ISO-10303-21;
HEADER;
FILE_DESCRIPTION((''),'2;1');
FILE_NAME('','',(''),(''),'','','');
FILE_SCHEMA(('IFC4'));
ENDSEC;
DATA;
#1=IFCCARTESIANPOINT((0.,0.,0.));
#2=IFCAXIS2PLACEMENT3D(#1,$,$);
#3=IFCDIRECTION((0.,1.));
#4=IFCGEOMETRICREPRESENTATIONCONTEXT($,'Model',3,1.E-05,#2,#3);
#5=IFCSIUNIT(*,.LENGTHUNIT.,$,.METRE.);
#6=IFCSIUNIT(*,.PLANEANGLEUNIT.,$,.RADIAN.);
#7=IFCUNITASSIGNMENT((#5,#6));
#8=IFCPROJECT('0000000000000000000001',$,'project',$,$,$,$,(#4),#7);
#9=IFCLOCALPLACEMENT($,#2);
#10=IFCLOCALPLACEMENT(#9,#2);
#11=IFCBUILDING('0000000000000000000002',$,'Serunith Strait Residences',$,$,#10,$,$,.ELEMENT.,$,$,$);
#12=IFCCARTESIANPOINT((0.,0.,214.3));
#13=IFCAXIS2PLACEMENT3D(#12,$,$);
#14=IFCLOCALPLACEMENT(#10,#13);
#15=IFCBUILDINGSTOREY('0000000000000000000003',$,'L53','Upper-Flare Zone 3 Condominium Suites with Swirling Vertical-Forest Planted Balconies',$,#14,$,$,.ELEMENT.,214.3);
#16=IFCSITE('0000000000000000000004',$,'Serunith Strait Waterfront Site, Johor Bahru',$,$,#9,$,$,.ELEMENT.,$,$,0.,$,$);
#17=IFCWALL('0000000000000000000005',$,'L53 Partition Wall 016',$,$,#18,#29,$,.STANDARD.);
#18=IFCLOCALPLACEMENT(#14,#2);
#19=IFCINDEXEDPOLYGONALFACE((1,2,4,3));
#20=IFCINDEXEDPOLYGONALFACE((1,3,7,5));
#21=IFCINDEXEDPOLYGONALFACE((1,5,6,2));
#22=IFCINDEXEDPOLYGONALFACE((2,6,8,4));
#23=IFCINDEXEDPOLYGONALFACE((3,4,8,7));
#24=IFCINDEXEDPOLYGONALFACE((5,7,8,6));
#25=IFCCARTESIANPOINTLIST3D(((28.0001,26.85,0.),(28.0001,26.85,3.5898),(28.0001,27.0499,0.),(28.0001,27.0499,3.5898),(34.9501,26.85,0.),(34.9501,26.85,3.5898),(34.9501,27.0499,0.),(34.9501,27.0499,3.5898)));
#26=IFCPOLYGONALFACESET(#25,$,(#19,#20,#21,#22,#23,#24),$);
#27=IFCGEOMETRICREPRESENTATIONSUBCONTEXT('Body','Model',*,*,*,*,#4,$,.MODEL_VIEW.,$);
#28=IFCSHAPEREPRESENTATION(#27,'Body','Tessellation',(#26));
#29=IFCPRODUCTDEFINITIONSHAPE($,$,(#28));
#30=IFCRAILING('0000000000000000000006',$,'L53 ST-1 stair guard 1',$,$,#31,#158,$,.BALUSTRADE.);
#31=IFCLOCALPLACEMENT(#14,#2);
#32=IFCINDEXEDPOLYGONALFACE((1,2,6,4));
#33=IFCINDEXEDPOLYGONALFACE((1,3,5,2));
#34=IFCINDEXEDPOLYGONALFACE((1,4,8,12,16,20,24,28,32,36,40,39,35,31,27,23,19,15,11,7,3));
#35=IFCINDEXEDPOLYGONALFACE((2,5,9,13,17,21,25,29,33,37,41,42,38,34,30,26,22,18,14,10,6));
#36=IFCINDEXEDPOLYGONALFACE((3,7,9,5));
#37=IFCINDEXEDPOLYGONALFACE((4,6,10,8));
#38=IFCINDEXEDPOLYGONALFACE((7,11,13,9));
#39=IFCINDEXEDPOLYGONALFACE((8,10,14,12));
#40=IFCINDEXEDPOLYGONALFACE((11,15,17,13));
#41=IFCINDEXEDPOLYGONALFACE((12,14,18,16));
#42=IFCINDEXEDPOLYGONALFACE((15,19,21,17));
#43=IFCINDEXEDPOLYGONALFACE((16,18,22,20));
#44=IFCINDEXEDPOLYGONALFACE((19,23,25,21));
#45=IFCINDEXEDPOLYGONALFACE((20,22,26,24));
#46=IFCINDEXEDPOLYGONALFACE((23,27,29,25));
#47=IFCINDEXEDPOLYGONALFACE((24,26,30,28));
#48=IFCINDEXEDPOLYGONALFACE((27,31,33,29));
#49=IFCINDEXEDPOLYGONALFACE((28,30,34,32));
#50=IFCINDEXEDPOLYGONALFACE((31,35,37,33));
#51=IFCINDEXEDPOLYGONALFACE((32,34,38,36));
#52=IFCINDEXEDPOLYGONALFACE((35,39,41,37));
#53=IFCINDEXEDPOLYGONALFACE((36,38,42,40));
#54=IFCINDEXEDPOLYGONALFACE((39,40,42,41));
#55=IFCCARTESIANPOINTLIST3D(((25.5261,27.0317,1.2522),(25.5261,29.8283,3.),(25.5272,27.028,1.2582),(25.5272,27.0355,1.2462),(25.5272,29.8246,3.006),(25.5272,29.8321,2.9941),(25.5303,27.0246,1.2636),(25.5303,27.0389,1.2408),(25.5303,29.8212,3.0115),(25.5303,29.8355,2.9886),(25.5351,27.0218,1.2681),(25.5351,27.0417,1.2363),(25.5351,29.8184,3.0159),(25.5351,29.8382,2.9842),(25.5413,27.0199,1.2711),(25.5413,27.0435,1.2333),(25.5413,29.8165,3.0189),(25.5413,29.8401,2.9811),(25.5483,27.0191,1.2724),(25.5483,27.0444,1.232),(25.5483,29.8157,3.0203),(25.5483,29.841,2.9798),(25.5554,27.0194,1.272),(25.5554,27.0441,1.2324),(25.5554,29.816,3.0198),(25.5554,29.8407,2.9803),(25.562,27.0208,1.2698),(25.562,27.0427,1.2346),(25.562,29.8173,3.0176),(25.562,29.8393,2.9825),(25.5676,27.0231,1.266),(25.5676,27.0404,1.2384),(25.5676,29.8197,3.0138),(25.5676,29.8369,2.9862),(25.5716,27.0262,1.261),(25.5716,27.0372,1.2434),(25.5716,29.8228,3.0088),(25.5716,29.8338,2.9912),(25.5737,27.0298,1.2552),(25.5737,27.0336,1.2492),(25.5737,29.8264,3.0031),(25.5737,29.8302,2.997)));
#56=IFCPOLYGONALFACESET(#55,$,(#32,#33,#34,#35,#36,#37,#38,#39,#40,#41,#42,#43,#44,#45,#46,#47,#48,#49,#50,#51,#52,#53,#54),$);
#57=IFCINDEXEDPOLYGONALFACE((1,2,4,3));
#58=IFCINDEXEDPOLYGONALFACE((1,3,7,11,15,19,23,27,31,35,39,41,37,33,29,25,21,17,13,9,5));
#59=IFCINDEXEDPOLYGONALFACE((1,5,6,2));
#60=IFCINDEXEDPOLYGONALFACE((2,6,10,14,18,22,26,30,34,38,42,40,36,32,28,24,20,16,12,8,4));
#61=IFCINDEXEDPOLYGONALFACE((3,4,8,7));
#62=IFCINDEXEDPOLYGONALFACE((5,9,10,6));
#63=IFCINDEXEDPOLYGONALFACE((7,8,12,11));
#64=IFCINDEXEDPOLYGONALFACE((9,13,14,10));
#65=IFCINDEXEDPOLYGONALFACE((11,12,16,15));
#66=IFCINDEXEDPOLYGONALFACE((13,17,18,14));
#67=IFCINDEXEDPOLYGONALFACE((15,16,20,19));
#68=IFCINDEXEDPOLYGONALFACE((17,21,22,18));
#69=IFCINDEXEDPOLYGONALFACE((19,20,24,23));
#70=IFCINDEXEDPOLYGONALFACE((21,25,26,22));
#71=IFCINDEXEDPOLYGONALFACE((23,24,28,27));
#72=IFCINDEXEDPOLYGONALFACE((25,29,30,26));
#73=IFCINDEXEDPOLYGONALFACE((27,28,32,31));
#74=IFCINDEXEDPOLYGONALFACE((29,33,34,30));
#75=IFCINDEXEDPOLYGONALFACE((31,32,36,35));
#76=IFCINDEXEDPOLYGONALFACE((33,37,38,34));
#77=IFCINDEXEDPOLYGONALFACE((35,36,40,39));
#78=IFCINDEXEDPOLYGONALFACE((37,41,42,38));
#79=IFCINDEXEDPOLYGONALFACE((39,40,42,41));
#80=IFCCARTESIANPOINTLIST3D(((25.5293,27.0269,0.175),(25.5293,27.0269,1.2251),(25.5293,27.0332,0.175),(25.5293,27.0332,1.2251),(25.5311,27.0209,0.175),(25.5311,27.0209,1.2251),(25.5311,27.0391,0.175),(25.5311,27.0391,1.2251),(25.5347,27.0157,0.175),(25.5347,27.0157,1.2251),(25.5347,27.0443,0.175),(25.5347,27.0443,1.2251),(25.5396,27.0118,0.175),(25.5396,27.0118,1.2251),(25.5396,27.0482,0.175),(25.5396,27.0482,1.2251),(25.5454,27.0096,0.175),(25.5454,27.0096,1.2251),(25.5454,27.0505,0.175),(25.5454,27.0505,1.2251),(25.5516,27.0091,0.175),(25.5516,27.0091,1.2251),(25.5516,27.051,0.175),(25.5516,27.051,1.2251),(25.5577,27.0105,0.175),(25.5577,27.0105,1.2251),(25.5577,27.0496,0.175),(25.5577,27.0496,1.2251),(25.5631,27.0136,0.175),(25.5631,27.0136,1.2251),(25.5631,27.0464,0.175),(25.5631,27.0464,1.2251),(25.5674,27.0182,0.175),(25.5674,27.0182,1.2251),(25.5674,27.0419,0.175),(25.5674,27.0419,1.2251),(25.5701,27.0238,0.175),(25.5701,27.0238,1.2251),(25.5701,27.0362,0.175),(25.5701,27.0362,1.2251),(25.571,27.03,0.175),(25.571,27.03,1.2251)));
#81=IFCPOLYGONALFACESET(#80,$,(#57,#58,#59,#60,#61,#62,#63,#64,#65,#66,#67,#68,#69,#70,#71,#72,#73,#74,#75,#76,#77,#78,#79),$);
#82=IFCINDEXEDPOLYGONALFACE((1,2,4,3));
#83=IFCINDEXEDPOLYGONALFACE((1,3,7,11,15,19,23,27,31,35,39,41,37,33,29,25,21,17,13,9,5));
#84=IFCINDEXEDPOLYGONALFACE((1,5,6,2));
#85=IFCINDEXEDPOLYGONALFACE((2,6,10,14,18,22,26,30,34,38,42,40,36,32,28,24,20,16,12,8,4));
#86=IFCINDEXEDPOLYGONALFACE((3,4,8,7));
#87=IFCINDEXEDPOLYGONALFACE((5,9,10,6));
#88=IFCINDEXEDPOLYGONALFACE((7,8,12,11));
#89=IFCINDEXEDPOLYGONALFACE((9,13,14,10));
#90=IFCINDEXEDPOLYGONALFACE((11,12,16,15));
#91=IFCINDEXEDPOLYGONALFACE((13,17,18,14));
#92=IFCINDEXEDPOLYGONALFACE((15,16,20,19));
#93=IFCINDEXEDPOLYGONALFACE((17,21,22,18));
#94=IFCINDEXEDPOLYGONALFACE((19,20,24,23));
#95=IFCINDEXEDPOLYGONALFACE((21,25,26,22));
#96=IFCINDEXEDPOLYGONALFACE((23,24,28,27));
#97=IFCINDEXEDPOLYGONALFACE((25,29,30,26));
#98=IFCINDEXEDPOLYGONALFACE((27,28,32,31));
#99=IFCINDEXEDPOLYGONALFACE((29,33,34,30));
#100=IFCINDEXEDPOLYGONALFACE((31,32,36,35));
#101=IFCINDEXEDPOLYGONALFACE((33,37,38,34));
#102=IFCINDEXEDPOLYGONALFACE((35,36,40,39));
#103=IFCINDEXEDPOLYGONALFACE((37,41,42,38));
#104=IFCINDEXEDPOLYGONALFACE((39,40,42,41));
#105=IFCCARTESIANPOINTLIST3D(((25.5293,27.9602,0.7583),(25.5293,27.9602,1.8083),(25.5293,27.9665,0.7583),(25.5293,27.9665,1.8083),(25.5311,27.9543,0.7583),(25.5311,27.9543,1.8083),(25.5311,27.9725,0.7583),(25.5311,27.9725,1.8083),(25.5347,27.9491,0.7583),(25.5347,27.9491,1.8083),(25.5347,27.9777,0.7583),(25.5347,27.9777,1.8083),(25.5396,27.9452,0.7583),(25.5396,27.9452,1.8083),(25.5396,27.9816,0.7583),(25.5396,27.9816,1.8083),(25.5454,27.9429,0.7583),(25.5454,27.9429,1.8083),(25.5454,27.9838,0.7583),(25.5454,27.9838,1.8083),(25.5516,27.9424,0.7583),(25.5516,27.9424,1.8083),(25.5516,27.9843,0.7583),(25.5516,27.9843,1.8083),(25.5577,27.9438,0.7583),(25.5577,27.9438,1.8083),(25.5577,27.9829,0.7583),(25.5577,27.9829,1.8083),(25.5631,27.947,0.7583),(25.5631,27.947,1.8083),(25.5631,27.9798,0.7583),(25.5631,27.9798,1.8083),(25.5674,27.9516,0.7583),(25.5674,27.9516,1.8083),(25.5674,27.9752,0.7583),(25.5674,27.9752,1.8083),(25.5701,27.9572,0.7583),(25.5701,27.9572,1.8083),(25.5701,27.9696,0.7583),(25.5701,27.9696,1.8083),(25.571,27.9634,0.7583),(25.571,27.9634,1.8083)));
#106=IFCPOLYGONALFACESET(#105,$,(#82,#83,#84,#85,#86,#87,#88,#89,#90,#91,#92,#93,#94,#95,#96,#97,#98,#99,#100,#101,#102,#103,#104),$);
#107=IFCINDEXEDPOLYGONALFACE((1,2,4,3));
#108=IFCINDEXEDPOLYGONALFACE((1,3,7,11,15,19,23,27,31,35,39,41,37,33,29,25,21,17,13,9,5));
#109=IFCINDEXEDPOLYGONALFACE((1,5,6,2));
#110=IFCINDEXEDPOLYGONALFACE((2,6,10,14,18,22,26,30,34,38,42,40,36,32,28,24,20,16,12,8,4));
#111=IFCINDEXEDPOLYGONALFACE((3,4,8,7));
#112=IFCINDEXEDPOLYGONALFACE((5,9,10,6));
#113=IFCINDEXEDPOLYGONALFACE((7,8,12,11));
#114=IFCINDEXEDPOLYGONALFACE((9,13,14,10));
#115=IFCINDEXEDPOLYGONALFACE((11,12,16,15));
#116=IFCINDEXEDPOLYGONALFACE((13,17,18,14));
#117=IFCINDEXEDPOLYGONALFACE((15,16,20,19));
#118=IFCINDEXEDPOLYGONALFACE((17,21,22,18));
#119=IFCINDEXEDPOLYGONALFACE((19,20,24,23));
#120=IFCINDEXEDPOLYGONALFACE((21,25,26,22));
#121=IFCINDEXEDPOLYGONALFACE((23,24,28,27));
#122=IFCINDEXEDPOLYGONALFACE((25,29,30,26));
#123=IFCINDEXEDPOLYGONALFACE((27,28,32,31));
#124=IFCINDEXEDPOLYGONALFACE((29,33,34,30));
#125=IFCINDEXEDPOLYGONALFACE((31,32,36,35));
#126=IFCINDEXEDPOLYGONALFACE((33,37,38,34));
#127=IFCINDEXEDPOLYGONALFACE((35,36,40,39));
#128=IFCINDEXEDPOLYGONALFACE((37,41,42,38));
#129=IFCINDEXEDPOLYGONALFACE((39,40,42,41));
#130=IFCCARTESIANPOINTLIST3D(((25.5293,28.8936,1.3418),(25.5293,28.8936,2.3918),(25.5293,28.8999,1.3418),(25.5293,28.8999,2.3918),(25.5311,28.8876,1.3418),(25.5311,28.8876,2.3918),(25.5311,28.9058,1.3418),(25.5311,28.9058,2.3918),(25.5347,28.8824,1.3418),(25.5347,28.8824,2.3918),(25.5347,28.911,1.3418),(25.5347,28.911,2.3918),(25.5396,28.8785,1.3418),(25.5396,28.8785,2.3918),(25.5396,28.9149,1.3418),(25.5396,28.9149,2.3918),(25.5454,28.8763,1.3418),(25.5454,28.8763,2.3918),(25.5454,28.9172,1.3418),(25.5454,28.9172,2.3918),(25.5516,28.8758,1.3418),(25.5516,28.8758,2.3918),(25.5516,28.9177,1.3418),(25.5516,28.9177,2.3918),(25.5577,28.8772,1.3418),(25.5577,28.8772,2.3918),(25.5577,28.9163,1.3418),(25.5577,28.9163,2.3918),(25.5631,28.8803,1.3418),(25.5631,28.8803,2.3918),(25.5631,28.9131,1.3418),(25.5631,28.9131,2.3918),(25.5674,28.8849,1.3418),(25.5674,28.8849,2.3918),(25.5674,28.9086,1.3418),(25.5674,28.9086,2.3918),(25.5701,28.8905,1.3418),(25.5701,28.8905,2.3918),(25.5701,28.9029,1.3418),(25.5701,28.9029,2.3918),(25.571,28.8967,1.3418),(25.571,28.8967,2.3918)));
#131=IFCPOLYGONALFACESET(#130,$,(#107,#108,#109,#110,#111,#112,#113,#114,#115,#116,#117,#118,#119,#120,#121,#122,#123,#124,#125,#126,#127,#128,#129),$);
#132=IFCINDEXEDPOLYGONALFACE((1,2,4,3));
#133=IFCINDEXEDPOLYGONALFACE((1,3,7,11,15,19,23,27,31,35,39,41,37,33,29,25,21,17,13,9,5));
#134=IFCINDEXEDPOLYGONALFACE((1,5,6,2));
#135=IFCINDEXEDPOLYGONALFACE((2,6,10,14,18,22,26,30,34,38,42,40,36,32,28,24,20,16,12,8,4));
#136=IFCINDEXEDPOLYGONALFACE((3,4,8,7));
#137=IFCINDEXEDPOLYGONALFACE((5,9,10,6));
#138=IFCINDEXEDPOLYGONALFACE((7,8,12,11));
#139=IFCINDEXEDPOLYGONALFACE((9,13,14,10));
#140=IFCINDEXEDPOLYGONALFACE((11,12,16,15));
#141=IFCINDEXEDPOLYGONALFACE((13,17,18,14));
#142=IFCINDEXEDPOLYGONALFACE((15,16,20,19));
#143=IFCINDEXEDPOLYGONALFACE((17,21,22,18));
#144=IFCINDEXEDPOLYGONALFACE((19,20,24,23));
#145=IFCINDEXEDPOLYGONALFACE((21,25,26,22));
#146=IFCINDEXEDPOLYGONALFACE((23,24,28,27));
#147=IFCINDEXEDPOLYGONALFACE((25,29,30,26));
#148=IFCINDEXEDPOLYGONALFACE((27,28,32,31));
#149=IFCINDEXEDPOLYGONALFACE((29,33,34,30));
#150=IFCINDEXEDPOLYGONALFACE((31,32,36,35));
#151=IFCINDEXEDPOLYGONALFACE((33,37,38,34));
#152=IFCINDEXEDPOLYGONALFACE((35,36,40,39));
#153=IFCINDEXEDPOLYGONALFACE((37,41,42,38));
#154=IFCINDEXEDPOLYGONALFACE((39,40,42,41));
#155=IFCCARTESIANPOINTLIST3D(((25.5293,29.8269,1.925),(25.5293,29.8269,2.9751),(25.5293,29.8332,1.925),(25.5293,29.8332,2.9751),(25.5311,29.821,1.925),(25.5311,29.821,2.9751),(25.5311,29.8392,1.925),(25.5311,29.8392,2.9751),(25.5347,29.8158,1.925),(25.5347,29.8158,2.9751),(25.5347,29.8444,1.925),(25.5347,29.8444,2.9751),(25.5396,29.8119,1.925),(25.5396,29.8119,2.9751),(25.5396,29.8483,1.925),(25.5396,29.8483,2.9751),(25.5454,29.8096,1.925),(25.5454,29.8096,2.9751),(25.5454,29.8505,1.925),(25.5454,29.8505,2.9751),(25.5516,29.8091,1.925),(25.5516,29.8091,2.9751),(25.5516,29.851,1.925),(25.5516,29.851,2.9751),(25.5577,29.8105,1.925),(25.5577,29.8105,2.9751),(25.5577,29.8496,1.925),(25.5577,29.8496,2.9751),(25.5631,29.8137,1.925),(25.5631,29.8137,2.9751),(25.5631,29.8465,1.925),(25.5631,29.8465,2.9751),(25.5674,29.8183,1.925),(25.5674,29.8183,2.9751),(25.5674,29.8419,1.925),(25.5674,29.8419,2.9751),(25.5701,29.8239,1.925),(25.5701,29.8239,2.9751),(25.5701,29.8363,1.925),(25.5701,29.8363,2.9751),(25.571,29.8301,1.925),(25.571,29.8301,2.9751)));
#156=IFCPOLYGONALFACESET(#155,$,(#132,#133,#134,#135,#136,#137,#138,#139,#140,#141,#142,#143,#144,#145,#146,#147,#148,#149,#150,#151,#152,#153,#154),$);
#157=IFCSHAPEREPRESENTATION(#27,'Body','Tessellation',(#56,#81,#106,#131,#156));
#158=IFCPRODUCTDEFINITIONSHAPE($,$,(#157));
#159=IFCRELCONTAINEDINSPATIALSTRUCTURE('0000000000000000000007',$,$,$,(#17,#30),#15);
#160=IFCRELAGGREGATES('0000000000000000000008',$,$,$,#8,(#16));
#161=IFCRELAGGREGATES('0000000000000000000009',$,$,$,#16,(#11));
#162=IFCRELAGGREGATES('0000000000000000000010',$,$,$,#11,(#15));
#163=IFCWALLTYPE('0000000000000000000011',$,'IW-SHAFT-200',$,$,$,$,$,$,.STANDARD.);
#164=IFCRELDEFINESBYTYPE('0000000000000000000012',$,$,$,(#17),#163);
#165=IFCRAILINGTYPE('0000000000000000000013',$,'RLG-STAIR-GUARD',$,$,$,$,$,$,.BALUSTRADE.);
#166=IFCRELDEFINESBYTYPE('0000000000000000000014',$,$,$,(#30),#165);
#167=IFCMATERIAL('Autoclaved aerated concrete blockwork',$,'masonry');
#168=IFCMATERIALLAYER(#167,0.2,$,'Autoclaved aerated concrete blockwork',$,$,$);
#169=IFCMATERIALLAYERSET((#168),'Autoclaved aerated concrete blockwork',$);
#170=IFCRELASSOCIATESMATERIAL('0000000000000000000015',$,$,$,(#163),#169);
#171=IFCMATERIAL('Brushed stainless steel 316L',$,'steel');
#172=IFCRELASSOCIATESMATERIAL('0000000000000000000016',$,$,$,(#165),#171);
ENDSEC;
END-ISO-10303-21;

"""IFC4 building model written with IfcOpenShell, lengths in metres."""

from ifc_helpers import new_model, si_unit, direction, frame, frame_2d, origin, origin_2d, place, context, subcontext, project, spatial, rectangle, circle, extrude, material, layer, layer_set, type_object, element, save


model = new_model("IFC4")

# Units and contexts
model_context = context("Model", 3, precision=1e-05, world=origin(), true_north=direction((0.0, 1.0)))
body_context = subcontext(model_context, "Body", "Model", "MODEL_VIEW")
ifc_project = project(units=[si_unit("LENGTHUNIT", "METRE"), si_unit("PLANEANGLEUNIT", "RADIAN")], contexts=[model_context])

# Site, building, storey
site_placement = place(None, origin())
site = spatial("IfcSite", under=ifc_project, at=site_placement, Name="Serunith Strait Waterfront Site, Johor Bahru", CompositionType="ELEMENT", RefElevation=0.0)
building_placement = place(site_placement, origin())
building = spatial("IfcBuilding", under=site, at=building_placement, Name="Serunith Strait Residences", CompositionType="ELEMENT")
storey_placement = place(building_placement, frame((0.0, 0.0, 214.3)))
storey = spatial("IfcBuildingStorey", under=building, at=storey_placement, Name="L53", Description="Upper-Flare Zone 3 Condominium Suites with Swirling Vertical-Forest Planted Balconies", CompositionType="ELEMENT", Elevation=214.3)

# Shared definitions
ifc_material_1 = material(Name="Autoclaved aerated concrete blockwork", Category="masonry")
ifc_layer_1 = layer(ifc_material_1, 0.2, Name="Autoclaved aerated concrete blockwork")
ifc_layer_set_1 = layer_set([ifc_layer_1], Name="Autoclaved aerated concrete blockwork")
wall_type_1 = type_object("IfcWallType", Name="IW-SHAFT-200", PredefinedType="STANDARD", material=ifc_layer_set_1)

# Wall
wall_1_placement = place(storey_placement, frame((28.0, 26.95, 0.0), z_axis=(0.0, 0.0, 1.0), x_axis=(1.0, 0.0, 0.0)))
element("IfcWall", 1, at=wall_1_placement, inside=storey, type_object=wall_type_1, Name="L53 Partition Wall 016", PredefinedType="STANDARD", context=body_context, shape_type="SweptSolid", body=[
    extrude(rectangle(XDim=6.95, YDim=0.2, at=frame_2d((3.4751, 0.0))), origin(), (0.0, 0.0, 1.0), 3.5898),
])

# Railing
ifc_material_2 = material(Name="Brushed stainless steel 316L", Category="steel")
railing_type_1 = type_object("IfcRailingType", Name="RLG-STAIR-GUARD", PredefinedType="BALUSTRADE", material=ifc_material_2)
railing_1_placement = place(storey_placement, frame((25.55, 27.03, 0.175)))
element("IfcRailing", 2, at=railing_1_placement, inside=storey, type_object=railing_type_1, Name="L53 ST-1 stair guard 1", PredefinedType="BALUSTRADE", context=body_context, shape_type="SweptSolid", body=[
    extrude(circle(Radius=0.0239, at=origin_2d()), frame((0.0, 0.0017, 1.0771), z_axis=(0.0, 0.848002, 0.529992), x_axis=(-1.0, 0.0, 0.0)), (0.0, 0.0, 1.0), 3.2979),
    extrude(circle(Radius=0.021, at=origin_2d()), origin(), (0.0, 0.0, 1.0), 1.05),
    extrude(circle(Radius=0.021, at=origin_2d()), frame((0.0, 0.9333, 0.5833)), (0.0, 0.0, 1.0), 1.05),
    extrude(circle(Radius=0.021, at=origin_2d()), frame((0.0, 1.8667, 1.1667)), (0.0, 0.0, 1.0), 1.05),
    extrude(circle(Radius=0.021, at=origin_2d()), frame((0.0, 2.8, 1.75)), (0.0, 0.0, 1.0), 1.05),
])

save(model, "model.ifc")
